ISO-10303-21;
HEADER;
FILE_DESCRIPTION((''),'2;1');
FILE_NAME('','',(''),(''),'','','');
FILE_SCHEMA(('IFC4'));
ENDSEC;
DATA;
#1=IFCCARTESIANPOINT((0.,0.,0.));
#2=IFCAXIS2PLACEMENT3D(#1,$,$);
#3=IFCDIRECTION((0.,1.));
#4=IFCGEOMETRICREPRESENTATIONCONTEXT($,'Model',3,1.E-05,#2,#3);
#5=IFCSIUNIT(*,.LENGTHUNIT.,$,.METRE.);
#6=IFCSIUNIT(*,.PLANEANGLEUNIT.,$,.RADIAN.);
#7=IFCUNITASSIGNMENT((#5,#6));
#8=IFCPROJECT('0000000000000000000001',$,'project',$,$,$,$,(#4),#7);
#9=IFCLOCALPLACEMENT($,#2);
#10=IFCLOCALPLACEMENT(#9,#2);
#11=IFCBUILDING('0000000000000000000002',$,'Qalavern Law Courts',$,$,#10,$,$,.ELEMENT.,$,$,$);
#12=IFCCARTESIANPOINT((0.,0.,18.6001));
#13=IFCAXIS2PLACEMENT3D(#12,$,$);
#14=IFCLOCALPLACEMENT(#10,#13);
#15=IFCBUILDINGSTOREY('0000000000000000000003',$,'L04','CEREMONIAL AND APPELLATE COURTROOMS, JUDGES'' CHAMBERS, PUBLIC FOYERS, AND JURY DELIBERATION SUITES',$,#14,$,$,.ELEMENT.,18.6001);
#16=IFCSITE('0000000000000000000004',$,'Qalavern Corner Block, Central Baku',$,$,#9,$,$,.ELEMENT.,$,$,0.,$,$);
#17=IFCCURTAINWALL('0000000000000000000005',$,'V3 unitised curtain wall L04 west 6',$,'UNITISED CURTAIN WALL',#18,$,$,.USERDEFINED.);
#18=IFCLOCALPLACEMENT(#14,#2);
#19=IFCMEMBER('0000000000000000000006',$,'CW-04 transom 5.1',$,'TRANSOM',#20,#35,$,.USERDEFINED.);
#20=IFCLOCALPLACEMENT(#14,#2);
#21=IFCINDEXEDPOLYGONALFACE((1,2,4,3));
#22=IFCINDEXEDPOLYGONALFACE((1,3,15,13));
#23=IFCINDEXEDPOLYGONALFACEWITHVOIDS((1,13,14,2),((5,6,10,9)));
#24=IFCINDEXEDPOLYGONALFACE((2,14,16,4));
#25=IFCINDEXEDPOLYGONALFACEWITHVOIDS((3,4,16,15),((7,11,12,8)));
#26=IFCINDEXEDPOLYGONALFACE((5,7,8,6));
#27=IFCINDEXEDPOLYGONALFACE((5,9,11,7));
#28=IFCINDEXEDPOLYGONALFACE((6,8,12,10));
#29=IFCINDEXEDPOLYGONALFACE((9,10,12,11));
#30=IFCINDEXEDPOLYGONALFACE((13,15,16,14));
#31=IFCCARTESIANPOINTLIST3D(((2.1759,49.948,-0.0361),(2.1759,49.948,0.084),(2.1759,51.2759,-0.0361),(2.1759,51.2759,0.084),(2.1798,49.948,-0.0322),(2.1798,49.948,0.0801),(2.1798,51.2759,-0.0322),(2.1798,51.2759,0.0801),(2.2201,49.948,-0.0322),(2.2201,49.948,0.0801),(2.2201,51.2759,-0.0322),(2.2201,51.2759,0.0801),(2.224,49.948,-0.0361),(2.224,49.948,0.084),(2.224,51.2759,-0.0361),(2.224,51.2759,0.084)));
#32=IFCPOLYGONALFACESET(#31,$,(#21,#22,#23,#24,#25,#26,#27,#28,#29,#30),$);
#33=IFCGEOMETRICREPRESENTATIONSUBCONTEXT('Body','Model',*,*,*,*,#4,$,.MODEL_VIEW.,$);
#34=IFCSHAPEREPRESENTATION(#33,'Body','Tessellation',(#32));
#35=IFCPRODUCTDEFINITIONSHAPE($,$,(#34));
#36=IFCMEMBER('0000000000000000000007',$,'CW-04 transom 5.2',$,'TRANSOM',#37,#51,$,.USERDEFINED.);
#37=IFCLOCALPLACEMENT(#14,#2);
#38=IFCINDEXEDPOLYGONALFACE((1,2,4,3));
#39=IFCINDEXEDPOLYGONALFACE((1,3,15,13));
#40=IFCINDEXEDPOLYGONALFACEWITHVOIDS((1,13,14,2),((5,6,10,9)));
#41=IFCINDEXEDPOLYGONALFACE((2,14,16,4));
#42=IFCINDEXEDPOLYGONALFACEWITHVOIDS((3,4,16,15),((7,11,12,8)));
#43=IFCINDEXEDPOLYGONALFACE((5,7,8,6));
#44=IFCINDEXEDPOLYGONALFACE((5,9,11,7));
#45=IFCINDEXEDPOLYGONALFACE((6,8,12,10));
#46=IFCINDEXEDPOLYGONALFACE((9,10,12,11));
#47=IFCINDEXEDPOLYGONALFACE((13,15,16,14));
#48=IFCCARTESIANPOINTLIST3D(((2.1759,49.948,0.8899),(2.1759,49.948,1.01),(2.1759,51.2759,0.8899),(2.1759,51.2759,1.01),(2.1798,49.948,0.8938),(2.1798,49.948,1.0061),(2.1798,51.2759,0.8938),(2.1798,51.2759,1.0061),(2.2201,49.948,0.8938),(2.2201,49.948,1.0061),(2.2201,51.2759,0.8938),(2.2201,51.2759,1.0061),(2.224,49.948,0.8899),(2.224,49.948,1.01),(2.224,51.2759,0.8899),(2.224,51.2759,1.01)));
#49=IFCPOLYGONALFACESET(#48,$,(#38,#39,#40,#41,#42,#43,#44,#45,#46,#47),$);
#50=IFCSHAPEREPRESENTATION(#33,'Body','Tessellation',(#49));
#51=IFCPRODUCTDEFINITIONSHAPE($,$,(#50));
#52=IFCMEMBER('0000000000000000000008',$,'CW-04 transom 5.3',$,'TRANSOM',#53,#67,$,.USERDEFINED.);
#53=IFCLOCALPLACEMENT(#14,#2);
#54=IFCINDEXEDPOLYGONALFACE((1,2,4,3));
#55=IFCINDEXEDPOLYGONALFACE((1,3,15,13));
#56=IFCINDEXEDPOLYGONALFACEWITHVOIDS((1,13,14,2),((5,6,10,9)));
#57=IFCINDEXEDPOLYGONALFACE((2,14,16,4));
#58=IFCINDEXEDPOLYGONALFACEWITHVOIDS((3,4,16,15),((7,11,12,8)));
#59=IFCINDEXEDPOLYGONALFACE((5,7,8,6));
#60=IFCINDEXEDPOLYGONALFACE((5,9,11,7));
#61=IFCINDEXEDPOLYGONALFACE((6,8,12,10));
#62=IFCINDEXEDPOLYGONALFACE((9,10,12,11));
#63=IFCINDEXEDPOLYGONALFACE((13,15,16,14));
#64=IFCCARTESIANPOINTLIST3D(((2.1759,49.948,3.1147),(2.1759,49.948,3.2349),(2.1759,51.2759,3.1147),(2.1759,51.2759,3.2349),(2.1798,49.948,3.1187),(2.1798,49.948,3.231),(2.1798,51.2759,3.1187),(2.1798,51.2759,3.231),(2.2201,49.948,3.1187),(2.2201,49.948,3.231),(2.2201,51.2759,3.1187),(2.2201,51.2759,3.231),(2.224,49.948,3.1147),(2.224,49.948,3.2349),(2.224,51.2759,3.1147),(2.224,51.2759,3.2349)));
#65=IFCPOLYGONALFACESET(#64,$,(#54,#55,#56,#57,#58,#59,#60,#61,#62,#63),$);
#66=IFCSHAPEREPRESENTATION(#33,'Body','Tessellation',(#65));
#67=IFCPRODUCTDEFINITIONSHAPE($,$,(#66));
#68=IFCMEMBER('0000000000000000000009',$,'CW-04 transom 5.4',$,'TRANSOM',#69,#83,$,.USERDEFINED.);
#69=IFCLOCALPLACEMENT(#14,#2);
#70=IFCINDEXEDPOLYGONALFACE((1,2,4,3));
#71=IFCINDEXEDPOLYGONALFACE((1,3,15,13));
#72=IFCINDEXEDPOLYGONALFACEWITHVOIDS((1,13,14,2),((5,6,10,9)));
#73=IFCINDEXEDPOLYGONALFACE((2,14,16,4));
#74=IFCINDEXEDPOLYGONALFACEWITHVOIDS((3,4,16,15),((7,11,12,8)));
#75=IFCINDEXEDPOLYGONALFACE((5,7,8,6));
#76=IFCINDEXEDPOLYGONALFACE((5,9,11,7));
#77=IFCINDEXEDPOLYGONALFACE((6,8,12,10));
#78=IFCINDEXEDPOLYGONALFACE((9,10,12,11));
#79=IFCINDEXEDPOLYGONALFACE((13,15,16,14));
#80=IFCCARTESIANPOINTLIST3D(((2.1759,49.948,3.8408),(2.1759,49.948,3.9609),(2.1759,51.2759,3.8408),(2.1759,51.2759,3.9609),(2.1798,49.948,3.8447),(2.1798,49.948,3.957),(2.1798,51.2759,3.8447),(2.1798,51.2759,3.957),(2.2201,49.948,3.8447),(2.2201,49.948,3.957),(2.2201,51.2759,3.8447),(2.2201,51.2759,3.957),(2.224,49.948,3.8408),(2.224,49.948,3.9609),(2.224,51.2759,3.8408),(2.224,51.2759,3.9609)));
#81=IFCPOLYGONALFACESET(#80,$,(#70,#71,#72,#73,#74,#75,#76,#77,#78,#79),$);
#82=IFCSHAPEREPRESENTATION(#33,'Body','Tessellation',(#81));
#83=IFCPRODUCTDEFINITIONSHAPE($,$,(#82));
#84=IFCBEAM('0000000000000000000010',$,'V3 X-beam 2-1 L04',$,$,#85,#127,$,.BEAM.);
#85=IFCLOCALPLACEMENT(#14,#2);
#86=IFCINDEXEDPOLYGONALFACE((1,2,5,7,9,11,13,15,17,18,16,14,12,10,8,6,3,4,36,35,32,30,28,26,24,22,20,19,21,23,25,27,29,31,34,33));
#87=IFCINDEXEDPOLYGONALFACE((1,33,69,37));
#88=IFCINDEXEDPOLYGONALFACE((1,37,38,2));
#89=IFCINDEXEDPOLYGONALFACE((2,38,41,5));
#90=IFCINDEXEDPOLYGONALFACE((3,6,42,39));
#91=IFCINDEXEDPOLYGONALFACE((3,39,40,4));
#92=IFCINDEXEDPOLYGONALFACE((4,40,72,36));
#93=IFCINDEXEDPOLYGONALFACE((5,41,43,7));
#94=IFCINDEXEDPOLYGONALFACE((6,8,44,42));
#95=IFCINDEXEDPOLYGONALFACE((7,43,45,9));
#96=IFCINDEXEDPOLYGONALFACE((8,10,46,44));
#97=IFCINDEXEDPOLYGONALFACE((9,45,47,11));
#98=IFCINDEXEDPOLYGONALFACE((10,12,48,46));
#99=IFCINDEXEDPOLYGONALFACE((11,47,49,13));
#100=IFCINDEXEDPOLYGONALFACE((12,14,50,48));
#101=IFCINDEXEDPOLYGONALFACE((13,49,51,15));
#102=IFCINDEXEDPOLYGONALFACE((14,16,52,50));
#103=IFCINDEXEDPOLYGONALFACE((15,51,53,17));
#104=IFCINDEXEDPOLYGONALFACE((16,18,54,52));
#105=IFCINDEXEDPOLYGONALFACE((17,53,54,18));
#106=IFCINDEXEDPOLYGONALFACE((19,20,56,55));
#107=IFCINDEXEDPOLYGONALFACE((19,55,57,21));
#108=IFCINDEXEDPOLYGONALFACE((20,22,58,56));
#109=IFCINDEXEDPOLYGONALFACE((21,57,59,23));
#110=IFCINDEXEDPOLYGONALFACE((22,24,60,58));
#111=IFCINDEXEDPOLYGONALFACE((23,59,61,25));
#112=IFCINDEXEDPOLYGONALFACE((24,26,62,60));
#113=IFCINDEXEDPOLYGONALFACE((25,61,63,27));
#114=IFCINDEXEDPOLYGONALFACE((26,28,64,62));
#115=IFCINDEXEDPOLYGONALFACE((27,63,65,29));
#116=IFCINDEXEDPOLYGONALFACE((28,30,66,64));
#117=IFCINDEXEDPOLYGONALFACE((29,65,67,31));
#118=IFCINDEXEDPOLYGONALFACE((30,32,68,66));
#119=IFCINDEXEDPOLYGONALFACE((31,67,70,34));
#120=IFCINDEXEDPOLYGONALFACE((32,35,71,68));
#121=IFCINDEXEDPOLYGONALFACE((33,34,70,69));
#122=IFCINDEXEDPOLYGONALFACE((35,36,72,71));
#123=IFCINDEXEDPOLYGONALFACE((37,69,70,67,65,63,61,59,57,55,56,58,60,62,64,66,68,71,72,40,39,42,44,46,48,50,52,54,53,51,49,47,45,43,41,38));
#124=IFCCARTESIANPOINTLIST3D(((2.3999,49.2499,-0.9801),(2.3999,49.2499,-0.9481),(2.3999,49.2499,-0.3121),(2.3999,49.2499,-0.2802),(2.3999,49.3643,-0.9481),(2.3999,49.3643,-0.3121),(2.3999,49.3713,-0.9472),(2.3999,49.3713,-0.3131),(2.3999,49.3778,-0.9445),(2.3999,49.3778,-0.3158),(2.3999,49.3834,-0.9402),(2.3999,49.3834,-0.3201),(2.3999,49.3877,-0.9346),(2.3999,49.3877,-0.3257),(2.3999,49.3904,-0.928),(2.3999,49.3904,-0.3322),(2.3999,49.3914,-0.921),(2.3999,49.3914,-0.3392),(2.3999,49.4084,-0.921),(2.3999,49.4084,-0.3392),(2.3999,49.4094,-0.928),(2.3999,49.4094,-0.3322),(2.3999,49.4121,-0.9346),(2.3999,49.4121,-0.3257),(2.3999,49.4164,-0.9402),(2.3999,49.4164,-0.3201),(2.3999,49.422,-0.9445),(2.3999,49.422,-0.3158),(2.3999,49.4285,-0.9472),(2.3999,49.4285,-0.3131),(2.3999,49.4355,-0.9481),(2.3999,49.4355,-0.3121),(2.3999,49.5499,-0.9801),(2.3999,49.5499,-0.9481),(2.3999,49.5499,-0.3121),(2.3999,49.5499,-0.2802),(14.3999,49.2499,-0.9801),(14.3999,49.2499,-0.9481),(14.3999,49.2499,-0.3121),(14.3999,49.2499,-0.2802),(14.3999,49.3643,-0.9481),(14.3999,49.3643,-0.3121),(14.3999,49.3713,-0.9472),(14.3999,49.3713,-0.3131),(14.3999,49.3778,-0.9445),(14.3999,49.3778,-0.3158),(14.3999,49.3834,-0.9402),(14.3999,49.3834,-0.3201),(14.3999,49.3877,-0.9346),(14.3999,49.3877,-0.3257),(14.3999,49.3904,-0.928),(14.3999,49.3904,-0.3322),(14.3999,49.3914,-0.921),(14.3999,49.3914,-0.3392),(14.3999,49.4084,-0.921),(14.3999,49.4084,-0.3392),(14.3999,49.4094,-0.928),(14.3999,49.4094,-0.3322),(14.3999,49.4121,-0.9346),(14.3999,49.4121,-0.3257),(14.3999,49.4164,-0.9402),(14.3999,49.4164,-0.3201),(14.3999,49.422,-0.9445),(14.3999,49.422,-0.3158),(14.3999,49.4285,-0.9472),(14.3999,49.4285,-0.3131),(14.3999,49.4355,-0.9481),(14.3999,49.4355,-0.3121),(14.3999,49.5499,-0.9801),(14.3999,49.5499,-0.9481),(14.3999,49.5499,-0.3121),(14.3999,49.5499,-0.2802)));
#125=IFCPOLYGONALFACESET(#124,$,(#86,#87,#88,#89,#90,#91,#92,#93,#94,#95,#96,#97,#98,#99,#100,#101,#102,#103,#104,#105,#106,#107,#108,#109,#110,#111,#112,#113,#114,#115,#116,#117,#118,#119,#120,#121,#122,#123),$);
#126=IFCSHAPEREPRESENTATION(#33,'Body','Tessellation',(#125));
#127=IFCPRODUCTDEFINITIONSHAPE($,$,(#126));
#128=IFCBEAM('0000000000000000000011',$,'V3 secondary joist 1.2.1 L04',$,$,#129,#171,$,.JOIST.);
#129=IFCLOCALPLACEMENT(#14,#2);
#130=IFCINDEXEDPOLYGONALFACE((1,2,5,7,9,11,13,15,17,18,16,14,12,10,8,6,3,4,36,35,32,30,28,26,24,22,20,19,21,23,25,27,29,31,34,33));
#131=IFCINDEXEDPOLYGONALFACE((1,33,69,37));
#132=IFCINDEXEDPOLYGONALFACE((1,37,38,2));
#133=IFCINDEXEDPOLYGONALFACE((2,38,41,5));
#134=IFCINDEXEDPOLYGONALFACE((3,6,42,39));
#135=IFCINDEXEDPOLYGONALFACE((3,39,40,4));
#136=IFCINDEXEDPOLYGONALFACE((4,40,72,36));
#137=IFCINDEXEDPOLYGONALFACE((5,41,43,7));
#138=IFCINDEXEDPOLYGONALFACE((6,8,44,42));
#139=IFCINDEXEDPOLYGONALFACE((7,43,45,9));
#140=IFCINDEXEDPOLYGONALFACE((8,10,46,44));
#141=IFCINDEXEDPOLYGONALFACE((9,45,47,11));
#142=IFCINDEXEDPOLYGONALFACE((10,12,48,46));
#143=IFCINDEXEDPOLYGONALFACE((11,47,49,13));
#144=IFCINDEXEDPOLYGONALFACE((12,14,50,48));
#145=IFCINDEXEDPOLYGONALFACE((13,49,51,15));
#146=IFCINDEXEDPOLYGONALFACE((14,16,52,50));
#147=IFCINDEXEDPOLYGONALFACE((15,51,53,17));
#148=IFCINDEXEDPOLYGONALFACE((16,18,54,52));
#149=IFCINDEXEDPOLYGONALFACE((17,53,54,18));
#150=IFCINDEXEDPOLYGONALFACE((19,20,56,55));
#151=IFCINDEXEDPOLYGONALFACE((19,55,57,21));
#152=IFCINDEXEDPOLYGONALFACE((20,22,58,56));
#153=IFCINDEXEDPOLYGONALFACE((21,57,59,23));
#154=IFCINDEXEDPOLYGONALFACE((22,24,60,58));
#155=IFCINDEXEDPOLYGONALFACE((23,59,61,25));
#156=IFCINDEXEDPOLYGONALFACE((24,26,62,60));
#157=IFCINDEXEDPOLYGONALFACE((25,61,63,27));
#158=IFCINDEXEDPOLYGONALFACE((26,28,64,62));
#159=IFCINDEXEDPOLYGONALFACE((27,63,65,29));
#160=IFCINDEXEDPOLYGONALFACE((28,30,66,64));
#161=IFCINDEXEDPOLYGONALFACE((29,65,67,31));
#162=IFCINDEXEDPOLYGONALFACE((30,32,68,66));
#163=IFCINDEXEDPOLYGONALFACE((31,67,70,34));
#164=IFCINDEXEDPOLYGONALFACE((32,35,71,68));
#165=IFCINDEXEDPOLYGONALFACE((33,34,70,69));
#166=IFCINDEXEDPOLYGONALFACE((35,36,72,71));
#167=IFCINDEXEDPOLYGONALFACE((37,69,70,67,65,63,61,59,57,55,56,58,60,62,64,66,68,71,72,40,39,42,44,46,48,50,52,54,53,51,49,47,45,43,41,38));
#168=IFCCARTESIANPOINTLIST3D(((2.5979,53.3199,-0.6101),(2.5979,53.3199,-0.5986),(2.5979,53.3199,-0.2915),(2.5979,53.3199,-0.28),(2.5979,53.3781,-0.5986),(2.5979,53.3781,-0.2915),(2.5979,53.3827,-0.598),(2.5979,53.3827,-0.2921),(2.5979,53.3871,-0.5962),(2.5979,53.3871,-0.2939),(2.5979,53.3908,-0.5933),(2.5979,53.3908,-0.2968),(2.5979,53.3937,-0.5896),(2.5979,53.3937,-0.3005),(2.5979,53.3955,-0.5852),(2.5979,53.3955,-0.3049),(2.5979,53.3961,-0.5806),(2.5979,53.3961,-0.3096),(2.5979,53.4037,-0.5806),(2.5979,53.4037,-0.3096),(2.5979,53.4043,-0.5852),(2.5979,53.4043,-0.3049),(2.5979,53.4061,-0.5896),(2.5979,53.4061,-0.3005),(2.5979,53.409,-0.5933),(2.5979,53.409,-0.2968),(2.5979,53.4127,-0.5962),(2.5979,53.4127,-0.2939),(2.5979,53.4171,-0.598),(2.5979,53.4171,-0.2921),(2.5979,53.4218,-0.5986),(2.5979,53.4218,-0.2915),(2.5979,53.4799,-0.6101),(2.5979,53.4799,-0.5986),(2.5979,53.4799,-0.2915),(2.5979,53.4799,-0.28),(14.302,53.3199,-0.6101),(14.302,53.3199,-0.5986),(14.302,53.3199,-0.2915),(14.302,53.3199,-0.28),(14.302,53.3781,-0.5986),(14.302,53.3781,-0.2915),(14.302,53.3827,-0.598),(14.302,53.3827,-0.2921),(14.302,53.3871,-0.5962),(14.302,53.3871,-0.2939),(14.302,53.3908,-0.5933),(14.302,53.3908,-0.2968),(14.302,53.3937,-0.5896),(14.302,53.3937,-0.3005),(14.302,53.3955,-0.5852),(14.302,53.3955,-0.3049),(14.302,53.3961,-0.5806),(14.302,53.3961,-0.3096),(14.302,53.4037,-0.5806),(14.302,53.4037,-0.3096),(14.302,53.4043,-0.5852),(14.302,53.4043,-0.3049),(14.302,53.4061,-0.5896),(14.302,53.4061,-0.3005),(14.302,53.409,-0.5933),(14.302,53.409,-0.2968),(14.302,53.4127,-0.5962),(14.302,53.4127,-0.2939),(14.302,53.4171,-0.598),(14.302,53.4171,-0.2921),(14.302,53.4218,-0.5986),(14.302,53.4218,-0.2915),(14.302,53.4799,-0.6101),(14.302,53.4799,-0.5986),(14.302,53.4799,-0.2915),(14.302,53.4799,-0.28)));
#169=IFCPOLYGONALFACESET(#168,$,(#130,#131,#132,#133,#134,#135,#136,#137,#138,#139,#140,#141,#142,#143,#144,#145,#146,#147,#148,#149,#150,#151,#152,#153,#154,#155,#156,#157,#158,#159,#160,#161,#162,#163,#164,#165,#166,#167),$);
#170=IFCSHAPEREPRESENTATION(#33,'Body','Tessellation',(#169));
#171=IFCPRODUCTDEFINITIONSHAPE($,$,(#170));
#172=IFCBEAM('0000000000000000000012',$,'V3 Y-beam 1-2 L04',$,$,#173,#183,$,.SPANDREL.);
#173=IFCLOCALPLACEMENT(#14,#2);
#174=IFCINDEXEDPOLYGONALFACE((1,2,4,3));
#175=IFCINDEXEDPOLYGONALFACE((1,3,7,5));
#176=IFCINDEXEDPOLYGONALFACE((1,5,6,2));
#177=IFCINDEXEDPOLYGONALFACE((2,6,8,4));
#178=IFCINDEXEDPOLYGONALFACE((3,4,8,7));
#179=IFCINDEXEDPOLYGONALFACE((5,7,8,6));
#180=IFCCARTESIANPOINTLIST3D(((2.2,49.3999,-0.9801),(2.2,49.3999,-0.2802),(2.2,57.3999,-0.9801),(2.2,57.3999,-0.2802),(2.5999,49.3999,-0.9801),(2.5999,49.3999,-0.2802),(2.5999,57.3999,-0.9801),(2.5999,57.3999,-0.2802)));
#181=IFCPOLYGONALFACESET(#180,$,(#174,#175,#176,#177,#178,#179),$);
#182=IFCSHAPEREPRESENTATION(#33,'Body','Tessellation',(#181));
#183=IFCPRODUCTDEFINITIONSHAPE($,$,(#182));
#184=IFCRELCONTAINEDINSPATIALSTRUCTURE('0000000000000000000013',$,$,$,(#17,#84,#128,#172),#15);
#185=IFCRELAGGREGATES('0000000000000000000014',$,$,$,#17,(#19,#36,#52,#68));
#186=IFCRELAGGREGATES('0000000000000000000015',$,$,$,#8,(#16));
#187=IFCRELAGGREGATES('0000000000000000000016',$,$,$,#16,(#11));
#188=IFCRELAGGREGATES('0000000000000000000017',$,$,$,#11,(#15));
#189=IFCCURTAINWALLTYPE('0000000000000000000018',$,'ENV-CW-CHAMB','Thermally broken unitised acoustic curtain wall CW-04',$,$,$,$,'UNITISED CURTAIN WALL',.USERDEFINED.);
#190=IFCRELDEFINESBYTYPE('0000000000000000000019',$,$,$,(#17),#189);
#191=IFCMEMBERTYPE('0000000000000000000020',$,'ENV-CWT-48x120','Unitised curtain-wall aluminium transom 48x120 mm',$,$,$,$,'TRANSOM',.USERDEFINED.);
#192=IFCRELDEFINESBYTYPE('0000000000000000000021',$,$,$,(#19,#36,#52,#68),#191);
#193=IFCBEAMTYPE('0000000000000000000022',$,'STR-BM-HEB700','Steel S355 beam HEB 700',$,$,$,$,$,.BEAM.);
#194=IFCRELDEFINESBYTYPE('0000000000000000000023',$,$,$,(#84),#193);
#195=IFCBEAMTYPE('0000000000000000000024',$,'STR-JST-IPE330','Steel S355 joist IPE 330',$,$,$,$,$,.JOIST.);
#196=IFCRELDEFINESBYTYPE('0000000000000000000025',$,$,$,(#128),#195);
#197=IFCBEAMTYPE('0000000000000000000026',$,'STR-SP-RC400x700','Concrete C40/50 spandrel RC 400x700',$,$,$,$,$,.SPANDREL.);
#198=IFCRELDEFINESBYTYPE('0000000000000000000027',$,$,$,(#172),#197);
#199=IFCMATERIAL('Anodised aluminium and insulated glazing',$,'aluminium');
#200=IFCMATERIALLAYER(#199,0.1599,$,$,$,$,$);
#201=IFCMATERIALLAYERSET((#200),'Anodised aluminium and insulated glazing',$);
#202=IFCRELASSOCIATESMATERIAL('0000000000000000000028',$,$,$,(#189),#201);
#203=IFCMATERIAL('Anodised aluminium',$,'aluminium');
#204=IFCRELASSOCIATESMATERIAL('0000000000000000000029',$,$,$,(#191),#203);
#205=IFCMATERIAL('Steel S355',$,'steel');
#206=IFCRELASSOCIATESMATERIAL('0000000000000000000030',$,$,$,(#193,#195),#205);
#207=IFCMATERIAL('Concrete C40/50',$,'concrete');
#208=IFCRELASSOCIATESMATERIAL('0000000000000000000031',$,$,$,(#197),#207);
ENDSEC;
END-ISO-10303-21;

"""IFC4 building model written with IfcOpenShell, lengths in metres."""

from ifc_helpers import new_model, si_unit, direction, frame, origin, origin_2d, place, context, subcontext, project, spatial, rectangle, hollow_rectangle, i_section, extrude, material, layer, layer_set, material_profile, profile_set, type_object, element, aggregate, save


model = new_model("IFC4")

# Units and contexts
model_context = context("Model", 3, precision=1e-05, world=origin(), true_north=direction((0.0, 1.0)))
body_context = subcontext(model_context, "Body", "Model", "MODEL_VIEW")
ifc_project = project(units=[si_unit("LENGTHUNIT", "METRE"), si_unit("PLANEANGLEUNIT", "RADIAN")], contexts=[model_context])

# Site, building, storey
site_placement = place(None, origin())
site = spatial("IfcSite", under=ifc_project, at=site_placement, Name="Qalavern Corner Block, Central Baku", CompositionType="ELEMENT", RefElevation=0.0)
building_placement = place(site_placement, origin())
building = spatial("IfcBuilding", under=site, at=building_placement, Name="Qalavern Law Courts", CompositionType="ELEMENT")
storey_placement = place(building_placement, frame((0.0, 0.0, 18.6001)))
storey = spatial("IfcBuildingStorey", under=building, at=storey_placement, Name="L04", Description="CEREMONIAL AND APPELLATE COURTROOMS, JUDGES' CHAMBERS, PUBLIC FOYERS, AND JURY DELIBERATION SUITES", CompositionType="ELEMENT", Elevation=18.6001)

# Curtain wall, members
ifc_material_1 = material(Name="Anodised aluminium and insulated glazing", Category="aluminium")
ifc_layer_1 = layer(ifc_material_1, 0.1599)
ifc_layer_set_1 = layer_set([ifc_layer_1], Name="Anodised aluminium and insulated glazing")
curtain_wall_type = type_object("IfcCurtainWallType", Name="ENV-CW-CHAMB", Description="Thermally broken unitised acoustic curtain wall CW-04", ElementType="UNITISED CURTAIN WALL", PredefinedType="USERDEFINED", material=ifc_layer_set_1)
curtain_wall_placement = place(storey_placement, origin())
curtain_wall = element("IfcCurtainWall", 1, at=curtain_wall_placement, inside=storey, type_object=curtain_wall_type, Name="V3 unitised curtain wall L04 west 6", ObjectType="UNITISED CURTAIN WALL", PredefinedType="USERDEFINED")
ifc_material_2 = material(Name="Anodised aluminium", Category="aluminium")
ifc_material_profile_1 = material_profile(ifc_material_2, hollow_rectangle(XDim=0.0481, YDim=0.1201, WallThickness=0.0039, at=origin_2d()), Name="ALU TRANSOM 48x120")
ifc_profile_set_1 = profile_set([ifc_material_profile_1], Name="Anodised aluminium")
member_type_1 = type_object("IfcMemberType", Name="ENV-CWT-48x120", Description="Unitised curtain-wall aluminium transom 48x120 mm", ElementType="TRANSOM", PredefinedType="USERDEFINED", material=ifc_profile_set_1)
member_1_placement = place(storey_placement, frame((2.2, 51.2759, 0.0239), z_axis=(0.0, -1.0, 0.0), x_axis=(1.0, 0.0, 0.0)))
member_1 = element("IfcMember", 2, at=member_1_placement, type_object=member_type_1, Name="CW-04 transom 5.1", ObjectType="TRANSOM", PredefinedType="USERDEFINED", context=body_context, shape_type="SweptSolid", body=[
    extrude(hollow_rectangle(XDim=0.0481, YDim=0.1201, WallThickness=0.0039, at=origin_2d()), origin(), (0.0, 0.0, 1.0), 1.3279),
])
member_2_placement = place(storey_placement, frame((2.2, 51.2759, 0.95), z_axis=(0.0, -1.0, 0.0), x_axis=(1.0, 0.0, 0.0)))
member_2 = element("IfcMember", 3, at=member_2_placement, type_object=member_type_1, Name="CW-04 transom 5.2", ObjectType="TRANSOM", PredefinedType="USERDEFINED", context=body_context, shape_type="SweptSolid", body=[
    extrude(hollow_rectangle(XDim=0.0481, YDim=0.1201, WallThickness=0.0039, at=origin_2d()), origin(), (0.0, 0.0, 1.0), 1.3279),
])
member_3_placement = place(storey_placement, frame((2.2, 51.2759, 3.1748), z_axis=(0.0, -1.0, 0.0), x_axis=(1.0, 0.0, 0.0)))
member_3 = element("IfcMember", 4, at=member_3_placement, type_object=member_type_1, Name="CW-04 transom 5.3", ObjectType="TRANSOM", PredefinedType="USERDEFINED", context=body_context, shape_type="SweptSolid", body=[
    extrude(hollow_rectangle(XDim=0.0481, YDim=0.1201, WallThickness=0.0039, at=origin_2d()), origin(), (0.0, 0.0, 1.0), 1.3279),
])
member_4_placement = place(storey_placement, frame((2.2, 51.2759, 3.9009), z_axis=(0.0, -1.0, 0.0), x_axis=(1.0, 0.0, 0.0)))
member_4 = element("IfcMember", 5, at=member_4_placement, type_object=member_type_1, Name="CW-04 transom 5.4", ObjectType="TRANSOM", PredefinedType="USERDEFINED", context=body_context, shape_type="SweptSolid", body=[
    extrude(hollow_rectangle(XDim=0.0481, YDim=0.1201, WallThickness=0.0039, at=origin_2d()), origin(), (0.0, 0.0, 1.0), 1.3279),
])

# Beams
ifc_material_3 = material(Name="Steel S355", Category="steel")
ifc_material_profile_2 = material_profile(ifc_material_3, i_section(OverallWidth=0.3, OverallDepth=0.7, WebThickness=0.0171, FlangeThickness=0.032, FilletRadius=0.0271, at=origin_2d()), Name="HEB 700")
ifc_profile_set_2 = profile_set([ifc_material_profile_2], Name="Steel S355")
beam_type_1 = type_object("IfcBeamType", Name="STR-BM-HEB700", Description="Steel S355 beam HEB 700", PredefinedType="BEAM", material=ifc_profile_set_2)
beam_1_placement = place(storey_placement, frame((2.3999, 49.3999, -0.6301), z_axis=(1.0, 0.0, 0.0), x_axis=(0.0, 1.0, 0.0)))
element("IfcBeam", 6, at=beam_1_placement, inside=storey, type_object=beam_type_1, Name="V3 X-beam 2-1 L04", PredefinedType="BEAM", context=body_context, shape_type="SweptSolid", body=[
    extrude(i_section(OverallWidth=0.3, OverallDepth=0.7, WebThickness=0.0171, FlangeThickness=0.032, FilletRadius=0.0271, at=origin_2d()), origin(), (0.0, 0.0, 1.0), 12.0),
])
ifc_material_profile_3 = material_profile(ifc_material_3, i_section(OverallWidth=0.1599, OverallDepth=0.3301, WebThickness=0.0076, FlangeThickness=0.0115, FilletRadius=0.0181, at=origin_2d()), Name="IPE 330")
ifc_profile_set_3 = profile_set([ifc_material_profile_3], Name="Steel S355")
beam_type_2 = type_object("IfcBeamType", Name="STR-JST-IPE330", Description="Steel S355 joist IPE 330", PredefinedType="JOIST", material=ifc_profile_set_3)
beam_2_placement = place(storey_placement, frame((2.5979, 53.3999, -0.4451), z_axis=(1.0, 0.0, 0.0), x_axis=(0.0, 1.0, 0.0)))
element("IfcBeam", 7, at=beam_2_placement, inside=storey, type_object=beam_type_2, Name="V3 secondary joist 1.2.1 L04", PredefinedType="JOIST", context=body_context, shape_type="SweptSolid", body=[
    extrude(i_section(OverallWidth=0.1599, OverallDepth=0.3301, WebThickness=0.0076, FlangeThickness=0.0115, FilletRadius=0.0181, at=origin_2d()), origin(), (0.0, 0.0, 1.0), 11.7041),
])
ifc_material_4 = material(Name="Concrete C40/50", Category="concrete")
ifc_material_profile_4 = material_profile(ifc_material_4, rectangle(XDim=0.3999, YDim=0.7, at=origin_2d()), Name="RC 400x700")
ifc_profile_set_4 = profile_set([ifc_material_profile_4], Name="Concrete C40/50")
beam_type_3 = type_object("IfcBeamType", Name="STR-SP-RC400x700", Description="Concrete C40/50 spandrel RC 400x700", PredefinedType="SPANDREL", material=ifc_profile_set_4)
beam_3_placement = place(storey_placement, frame((2.3999, 49.3999, -0.6301), z_axis=(0.0, 1.0, 0.0), x_axis=(-1.0, 0.0, 0.0)))
element("IfcBeam", 8, at=beam_3_placement, inside=storey, type_object=beam_type_3, Name="V3 Y-beam 1-2 L04", PredefinedType="SPANDREL", context=body_context, shape_type="SweptSolid", body=[
    extrude(rectangle(XDim=0.3999, YDim=0.7, at=origin_2d()), origin(), (0.0, 0.0, 1.0), 8.0),
])

aggregate(curtain_wall, [member_1, member_2, member_3, member_4])

save(model, "model.ifc")
